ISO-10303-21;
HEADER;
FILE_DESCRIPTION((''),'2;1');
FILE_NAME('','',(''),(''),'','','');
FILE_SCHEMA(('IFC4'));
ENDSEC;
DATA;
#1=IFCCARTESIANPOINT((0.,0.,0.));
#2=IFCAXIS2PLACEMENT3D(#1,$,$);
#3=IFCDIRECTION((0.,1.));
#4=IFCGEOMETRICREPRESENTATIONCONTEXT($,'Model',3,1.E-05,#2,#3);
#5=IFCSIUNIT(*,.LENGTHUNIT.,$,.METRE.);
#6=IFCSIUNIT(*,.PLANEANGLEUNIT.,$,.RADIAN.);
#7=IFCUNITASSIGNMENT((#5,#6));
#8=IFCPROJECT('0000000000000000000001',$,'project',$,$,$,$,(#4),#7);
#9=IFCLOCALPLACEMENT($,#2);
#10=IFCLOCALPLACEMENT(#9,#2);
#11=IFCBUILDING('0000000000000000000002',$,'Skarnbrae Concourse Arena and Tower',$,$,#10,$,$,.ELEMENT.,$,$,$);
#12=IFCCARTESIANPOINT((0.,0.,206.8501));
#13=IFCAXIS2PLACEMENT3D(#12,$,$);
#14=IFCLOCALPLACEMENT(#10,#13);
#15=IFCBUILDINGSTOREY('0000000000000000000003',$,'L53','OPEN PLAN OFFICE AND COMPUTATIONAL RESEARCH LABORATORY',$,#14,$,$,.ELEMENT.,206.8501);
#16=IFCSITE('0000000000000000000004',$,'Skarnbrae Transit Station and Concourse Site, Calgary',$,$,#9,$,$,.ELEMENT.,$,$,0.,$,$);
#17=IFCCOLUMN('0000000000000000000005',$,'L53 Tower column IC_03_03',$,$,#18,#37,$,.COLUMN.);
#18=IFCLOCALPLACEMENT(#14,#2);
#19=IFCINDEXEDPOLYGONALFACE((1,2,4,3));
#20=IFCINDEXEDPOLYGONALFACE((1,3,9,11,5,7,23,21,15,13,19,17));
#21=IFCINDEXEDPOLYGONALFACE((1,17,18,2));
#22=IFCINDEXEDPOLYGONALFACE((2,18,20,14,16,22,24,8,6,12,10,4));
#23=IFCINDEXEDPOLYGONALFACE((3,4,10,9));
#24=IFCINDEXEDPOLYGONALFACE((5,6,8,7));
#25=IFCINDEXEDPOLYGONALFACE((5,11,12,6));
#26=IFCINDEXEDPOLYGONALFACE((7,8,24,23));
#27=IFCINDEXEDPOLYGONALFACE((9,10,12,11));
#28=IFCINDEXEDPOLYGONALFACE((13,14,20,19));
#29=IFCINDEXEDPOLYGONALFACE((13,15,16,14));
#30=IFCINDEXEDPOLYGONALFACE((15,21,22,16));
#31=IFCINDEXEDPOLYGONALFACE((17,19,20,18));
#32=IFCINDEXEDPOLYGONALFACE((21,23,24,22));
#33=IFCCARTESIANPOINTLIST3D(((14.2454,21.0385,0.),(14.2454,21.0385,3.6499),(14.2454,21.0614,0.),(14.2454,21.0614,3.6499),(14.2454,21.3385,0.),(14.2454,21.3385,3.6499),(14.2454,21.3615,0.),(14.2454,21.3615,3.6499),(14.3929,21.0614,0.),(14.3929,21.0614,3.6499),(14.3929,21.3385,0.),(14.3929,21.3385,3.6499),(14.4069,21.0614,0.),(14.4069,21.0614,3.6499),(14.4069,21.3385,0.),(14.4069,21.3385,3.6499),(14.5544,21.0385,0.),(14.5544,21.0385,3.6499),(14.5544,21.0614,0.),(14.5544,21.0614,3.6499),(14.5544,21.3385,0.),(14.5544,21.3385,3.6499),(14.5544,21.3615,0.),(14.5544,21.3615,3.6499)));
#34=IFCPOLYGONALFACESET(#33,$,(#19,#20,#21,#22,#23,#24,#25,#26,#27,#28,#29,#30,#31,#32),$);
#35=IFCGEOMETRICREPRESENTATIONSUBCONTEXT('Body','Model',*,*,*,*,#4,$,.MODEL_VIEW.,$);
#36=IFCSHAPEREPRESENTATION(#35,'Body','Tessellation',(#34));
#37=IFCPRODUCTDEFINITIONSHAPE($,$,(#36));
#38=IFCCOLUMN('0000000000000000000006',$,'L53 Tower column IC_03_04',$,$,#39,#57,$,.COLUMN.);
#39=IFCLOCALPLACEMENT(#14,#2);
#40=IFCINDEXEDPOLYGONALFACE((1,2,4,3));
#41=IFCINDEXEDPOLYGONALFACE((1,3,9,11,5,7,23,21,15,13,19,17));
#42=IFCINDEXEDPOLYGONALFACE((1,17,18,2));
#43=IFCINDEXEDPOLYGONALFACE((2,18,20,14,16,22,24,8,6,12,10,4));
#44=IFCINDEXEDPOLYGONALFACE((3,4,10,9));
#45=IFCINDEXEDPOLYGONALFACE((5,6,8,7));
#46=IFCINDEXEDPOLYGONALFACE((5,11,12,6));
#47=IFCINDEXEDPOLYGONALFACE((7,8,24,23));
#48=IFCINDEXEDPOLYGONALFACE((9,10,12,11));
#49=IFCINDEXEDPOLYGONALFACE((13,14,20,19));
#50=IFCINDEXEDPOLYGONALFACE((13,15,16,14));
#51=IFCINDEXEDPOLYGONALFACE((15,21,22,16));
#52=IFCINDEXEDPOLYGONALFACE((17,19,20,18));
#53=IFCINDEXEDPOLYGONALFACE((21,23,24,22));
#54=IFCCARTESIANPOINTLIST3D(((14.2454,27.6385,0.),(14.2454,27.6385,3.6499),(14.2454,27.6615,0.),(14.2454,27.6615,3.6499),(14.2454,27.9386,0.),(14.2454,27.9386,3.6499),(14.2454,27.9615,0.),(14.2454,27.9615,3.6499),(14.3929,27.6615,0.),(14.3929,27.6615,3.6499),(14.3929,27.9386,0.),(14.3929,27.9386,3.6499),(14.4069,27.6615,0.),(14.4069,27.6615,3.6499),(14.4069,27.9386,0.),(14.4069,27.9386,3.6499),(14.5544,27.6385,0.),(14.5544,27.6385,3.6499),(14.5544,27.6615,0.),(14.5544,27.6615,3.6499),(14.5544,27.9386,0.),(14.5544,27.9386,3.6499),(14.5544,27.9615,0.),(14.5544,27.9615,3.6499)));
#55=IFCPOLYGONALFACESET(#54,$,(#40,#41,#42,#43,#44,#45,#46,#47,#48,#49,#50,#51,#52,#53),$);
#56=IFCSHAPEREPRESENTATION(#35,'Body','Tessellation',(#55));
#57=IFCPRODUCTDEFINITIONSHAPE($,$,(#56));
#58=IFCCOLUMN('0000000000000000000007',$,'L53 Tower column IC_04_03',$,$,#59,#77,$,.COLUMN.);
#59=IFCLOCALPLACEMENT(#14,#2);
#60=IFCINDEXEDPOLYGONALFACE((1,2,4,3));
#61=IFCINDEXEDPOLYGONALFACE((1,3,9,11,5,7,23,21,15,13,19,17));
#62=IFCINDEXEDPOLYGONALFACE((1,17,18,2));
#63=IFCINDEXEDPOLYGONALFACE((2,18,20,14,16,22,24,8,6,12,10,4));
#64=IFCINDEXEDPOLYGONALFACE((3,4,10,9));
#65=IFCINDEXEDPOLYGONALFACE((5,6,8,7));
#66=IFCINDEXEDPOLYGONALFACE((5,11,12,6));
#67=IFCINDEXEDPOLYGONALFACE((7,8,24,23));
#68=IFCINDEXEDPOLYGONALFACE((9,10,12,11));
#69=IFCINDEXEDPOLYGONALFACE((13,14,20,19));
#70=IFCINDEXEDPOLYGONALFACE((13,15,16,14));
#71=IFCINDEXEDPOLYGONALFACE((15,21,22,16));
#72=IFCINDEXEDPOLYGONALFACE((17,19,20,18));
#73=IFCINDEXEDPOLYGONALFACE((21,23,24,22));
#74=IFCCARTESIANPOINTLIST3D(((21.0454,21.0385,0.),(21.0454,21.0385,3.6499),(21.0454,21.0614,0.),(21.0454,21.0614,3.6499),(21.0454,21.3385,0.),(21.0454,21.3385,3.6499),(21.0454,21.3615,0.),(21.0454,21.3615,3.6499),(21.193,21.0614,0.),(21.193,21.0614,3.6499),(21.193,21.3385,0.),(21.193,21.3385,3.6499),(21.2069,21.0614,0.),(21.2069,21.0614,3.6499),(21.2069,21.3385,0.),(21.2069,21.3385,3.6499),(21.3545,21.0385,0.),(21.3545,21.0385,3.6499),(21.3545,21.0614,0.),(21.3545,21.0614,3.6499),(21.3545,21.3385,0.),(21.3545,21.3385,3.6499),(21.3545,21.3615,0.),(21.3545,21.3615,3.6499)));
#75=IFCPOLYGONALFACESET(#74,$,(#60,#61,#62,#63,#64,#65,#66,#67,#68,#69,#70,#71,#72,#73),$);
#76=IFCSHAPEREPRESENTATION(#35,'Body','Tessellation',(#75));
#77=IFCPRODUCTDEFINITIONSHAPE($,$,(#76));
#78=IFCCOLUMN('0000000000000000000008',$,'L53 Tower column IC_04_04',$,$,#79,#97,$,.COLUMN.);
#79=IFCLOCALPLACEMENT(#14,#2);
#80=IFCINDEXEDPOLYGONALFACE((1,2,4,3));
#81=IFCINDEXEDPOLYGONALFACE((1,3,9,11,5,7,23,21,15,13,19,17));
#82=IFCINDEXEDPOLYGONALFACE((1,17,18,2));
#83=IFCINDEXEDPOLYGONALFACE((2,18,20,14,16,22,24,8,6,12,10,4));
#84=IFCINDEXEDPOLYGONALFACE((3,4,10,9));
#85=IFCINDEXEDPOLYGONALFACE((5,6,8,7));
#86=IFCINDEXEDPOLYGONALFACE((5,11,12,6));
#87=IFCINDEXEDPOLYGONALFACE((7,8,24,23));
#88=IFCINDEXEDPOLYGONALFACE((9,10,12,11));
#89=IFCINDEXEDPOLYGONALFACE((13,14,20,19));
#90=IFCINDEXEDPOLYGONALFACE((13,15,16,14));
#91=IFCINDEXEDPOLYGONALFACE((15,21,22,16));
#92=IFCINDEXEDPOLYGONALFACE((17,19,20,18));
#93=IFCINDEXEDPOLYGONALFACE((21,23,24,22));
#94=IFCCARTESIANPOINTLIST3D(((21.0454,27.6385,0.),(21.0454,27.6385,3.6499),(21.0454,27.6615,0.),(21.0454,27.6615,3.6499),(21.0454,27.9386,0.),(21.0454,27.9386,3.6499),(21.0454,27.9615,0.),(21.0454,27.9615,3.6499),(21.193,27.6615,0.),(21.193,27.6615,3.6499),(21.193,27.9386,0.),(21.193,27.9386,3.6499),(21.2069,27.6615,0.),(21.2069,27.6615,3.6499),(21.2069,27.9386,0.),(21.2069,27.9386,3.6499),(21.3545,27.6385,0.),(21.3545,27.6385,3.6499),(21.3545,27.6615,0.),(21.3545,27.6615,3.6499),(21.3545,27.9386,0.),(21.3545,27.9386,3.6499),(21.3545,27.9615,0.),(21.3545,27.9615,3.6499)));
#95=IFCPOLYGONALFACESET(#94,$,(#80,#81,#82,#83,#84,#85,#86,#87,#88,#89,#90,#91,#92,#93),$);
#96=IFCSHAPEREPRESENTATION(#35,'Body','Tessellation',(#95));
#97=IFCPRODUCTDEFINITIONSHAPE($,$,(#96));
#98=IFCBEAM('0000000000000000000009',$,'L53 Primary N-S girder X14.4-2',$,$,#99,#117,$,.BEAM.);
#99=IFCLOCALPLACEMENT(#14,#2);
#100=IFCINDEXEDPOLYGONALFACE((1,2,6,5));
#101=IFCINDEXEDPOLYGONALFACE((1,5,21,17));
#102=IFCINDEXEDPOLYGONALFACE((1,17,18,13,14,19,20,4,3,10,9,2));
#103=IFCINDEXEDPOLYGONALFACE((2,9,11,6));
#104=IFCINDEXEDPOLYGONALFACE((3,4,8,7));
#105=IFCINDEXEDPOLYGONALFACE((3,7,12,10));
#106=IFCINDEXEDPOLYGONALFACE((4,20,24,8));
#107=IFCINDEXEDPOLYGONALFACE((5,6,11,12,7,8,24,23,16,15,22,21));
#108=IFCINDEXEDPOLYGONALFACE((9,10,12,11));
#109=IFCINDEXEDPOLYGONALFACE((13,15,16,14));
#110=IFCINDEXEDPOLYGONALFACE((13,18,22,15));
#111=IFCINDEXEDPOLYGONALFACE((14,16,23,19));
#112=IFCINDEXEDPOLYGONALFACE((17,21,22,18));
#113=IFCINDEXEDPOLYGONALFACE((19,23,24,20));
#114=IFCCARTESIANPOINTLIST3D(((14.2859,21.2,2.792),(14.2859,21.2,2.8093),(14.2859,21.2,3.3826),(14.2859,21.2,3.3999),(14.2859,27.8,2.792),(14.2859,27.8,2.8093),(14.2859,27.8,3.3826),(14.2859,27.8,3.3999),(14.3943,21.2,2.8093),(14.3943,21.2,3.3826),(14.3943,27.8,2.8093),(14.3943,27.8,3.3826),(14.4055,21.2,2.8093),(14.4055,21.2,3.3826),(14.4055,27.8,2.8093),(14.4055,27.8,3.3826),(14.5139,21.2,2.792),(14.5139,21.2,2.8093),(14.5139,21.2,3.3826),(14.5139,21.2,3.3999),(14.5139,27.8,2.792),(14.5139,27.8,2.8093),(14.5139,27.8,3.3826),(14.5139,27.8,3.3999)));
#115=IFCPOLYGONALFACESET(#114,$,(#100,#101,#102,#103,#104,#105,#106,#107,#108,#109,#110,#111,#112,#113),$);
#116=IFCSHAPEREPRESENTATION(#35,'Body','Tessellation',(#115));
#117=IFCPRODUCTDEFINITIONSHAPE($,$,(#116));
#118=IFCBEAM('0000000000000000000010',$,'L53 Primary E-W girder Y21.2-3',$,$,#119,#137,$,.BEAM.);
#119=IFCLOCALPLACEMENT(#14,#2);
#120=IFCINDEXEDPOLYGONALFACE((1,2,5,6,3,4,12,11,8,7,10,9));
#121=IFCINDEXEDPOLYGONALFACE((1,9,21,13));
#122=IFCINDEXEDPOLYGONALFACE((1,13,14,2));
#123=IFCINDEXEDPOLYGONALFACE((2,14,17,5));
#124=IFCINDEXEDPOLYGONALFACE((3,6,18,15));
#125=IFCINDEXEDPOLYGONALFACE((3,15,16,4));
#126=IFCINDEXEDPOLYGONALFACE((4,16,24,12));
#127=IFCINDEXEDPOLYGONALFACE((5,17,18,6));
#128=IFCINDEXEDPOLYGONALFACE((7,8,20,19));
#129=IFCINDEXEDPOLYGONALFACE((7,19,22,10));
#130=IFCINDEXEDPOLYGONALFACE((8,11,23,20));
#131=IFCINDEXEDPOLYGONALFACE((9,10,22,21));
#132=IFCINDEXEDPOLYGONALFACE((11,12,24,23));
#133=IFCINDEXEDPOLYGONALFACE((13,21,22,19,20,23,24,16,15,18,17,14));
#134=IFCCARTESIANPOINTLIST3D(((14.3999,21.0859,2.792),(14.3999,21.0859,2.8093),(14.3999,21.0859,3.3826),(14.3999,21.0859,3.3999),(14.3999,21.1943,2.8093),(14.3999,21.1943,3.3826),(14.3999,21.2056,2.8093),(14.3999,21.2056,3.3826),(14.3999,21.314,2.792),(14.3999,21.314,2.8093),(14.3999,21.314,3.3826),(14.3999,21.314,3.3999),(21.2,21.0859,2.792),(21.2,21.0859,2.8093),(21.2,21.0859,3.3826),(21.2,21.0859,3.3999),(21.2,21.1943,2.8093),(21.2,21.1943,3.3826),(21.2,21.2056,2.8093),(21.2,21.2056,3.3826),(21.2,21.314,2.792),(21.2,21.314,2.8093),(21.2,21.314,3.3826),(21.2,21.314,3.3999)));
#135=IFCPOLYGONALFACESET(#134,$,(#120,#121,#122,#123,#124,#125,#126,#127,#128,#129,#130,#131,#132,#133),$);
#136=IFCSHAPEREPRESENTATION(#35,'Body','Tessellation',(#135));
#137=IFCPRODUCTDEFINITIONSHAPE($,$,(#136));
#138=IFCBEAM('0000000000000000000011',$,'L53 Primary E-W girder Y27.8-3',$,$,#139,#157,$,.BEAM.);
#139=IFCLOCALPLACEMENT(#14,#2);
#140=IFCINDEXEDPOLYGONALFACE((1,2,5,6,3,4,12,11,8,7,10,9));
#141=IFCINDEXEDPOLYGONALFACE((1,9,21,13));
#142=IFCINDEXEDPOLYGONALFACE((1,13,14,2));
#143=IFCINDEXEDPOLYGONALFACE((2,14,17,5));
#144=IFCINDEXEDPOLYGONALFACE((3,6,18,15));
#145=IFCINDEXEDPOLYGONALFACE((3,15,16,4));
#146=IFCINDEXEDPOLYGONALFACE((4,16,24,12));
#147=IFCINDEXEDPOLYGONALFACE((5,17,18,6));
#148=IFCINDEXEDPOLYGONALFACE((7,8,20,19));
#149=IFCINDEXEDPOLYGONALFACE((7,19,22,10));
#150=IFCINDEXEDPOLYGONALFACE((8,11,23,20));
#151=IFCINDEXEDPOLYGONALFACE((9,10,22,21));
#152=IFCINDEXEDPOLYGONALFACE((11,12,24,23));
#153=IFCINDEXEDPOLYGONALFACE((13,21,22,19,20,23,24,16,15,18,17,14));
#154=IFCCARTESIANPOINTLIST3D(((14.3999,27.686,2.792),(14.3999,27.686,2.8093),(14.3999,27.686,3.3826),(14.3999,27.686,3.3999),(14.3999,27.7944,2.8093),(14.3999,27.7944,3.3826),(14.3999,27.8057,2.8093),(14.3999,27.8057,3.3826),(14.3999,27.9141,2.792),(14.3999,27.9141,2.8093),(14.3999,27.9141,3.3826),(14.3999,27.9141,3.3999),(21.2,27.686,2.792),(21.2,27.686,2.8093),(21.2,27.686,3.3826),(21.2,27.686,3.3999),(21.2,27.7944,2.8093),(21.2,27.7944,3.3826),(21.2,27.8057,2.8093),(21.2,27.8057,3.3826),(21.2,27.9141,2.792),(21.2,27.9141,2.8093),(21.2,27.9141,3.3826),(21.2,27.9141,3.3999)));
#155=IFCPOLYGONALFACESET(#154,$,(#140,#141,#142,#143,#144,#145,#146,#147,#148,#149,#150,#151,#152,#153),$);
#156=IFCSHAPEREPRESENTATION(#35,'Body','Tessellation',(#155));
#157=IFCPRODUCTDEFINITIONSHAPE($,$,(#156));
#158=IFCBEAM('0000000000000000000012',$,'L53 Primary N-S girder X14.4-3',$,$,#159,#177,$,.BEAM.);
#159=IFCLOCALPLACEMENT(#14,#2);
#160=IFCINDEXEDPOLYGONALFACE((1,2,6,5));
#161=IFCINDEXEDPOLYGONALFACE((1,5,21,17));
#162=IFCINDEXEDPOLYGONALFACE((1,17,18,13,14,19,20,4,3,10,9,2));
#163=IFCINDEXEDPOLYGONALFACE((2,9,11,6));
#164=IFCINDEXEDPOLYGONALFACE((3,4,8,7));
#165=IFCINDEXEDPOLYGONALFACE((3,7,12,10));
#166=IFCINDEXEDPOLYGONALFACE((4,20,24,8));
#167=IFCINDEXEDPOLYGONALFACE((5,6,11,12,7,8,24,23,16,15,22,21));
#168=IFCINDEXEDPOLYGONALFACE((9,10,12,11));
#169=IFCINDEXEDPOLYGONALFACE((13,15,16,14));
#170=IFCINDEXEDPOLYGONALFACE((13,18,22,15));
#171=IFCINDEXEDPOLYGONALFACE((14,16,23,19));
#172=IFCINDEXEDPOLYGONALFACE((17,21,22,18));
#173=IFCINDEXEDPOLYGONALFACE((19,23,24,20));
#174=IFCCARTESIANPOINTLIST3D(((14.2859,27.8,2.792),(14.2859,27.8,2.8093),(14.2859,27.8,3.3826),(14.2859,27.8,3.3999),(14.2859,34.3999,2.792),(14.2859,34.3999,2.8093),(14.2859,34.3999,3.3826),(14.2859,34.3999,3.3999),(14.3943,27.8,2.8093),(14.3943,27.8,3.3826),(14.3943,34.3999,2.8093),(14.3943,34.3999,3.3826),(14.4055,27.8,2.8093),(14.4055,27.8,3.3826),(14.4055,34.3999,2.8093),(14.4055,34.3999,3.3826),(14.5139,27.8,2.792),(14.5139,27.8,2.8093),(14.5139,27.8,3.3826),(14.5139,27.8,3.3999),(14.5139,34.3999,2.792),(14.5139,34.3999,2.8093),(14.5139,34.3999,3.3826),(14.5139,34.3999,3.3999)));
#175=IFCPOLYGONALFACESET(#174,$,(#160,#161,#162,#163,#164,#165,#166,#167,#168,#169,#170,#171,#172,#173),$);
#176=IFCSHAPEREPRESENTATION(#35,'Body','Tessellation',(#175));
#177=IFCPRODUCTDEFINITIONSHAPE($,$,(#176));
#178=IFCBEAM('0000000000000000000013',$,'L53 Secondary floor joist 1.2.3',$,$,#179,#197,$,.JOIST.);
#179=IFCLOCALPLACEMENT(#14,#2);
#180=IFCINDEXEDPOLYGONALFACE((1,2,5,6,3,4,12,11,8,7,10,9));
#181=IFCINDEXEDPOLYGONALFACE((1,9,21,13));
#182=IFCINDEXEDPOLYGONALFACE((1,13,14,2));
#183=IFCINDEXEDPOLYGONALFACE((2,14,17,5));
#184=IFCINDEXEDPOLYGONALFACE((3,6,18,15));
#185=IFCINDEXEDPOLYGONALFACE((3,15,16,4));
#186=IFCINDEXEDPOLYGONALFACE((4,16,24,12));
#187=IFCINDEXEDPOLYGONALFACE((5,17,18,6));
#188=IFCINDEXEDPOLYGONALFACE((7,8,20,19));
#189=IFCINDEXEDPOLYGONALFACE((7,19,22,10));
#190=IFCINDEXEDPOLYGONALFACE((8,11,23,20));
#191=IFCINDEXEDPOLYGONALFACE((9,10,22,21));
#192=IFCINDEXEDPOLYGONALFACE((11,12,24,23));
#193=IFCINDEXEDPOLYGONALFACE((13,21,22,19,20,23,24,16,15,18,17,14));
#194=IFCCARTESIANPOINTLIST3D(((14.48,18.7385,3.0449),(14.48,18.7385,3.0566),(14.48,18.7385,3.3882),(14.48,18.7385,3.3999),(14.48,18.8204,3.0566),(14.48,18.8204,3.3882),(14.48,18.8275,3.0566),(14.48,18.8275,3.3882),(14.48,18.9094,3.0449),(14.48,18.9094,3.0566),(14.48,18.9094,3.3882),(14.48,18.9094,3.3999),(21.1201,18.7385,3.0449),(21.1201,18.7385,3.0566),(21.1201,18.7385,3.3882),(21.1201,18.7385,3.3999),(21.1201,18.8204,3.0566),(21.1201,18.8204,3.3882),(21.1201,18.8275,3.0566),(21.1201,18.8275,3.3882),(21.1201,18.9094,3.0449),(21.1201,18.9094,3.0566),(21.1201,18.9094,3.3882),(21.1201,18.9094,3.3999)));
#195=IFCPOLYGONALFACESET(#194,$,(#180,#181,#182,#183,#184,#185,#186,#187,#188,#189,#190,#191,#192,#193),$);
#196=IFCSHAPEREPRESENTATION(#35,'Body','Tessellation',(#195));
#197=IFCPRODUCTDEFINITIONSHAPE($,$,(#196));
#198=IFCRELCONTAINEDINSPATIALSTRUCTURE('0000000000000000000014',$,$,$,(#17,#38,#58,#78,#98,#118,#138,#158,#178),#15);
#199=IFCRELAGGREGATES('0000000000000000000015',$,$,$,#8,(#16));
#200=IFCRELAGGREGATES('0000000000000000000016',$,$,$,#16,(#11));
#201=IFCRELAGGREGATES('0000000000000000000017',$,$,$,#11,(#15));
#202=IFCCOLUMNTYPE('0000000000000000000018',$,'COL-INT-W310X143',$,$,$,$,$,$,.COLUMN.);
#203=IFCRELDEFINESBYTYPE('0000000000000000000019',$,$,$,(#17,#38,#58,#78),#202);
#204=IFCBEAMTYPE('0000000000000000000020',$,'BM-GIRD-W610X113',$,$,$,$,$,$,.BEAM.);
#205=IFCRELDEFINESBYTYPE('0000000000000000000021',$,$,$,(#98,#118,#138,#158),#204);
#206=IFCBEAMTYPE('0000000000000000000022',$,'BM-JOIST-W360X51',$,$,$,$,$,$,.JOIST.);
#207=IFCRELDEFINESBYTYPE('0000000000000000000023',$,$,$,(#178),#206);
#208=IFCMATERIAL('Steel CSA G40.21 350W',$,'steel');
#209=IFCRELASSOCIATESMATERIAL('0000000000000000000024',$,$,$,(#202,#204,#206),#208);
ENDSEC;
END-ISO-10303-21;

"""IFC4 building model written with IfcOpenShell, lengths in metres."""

from ifc_helpers import new_model, si_unit, direction, frame, origin, origin_2d, place, context, subcontext, project, spatial, i_section, extrude, source, transform, mapped, material, material_profile, profile_set, type_object, element, save


model = new_model("IFC4")

# Units and contexts
model_context = context("Model", 3, precision=1e-05, world=origin(), true_north=direction((0.0, 1.0)))
body_context = subcontext(model_context, "Body", "Model", "MODEL_VIEW")
ifc_project = project(units=[si_unit("LENGTHUNIT", "METRE"), si_unit("PLANEANGLEUNIT", "RADIAN")], contexts=[model_context])

# Site, building, storey
site_placement = place(None, origin())
site = spatial("IfcSite", under=ifc_project, at=site_placement, Name="Skarnbrae Transit Station and Concourse Site, Calgary", CompositionType="ELEMENT", RefElevation=0.0)
building_placement = place(site_placement, origin())
building = spatial("IfcBuilding", under=site, at=building_placement, Name="Skarnbrae Concourse Arena and Tower", CompositionType="ELEMENT")
storey_placement = place(building_placement, frame((0.0, 0.0, 206.8501)))
storey = spatial("IfcBuildingStorey", under=building, at=storey_placement, Name="L53", Description="OPEN PLAN OFFICE AND COMPUTATIONAL RESEARCH LABORATORY", CompositionType="ELEMENT", Elevation=206.8501)

# Columns
ifc_material_1 = material(Name="Steel CSA G40.21 350W", Category="steel")
ifc_material_profile_1 = material_profile(ifc_material_1, i_section(OverallWidth=0.3091, OverallDepth=0.323, WebThickness=0.0139, FlangeThickness=0.0229, at=origin_2d()), Name="W310X143")
ifc_profile_set_1 = profile_set([ifc_material_profile_1], Name="Steel CSA G40.21 350W")
column_type = type_object("IfcColumnType", Name="COL-INT-W310X143", PredefinedType="COLUMN", material=ifc_profile_set_1)
shared_shape_1 = source(origin(), body_context, "Body", "SweptSolid", [
    extrude(i_section(OverallWidth=0.3091, OverallDepth=0.323, WebThickness=0.0139, FlangeThickness=0.0229, at=origin_2d()), origin(), (0.0, 0.0, 1.0), 3.6499),
])
for number, where, z_axis, x_axis, name in (
    (1, (14.3999, 21.2, 0.0), (0.0, 0.0, 1.0), (1.0, 0.0, 0.0), "L53 Tower column IC_03_03"),
    (2, (14.3999, 27.8, 0.0), (0.0, 0.0, 1.0), (1.0, 0.0, 0.0), "L53 Tower column IC_03_04"),
    (3, (21.2, 21.2, 0.0), (0.0, 0.0, 1.0), (1.0, 0.0, 0.0), "L53 Tower column IC_04_03"),
    (4, (21.2, 27.8, 0.0), (0.0, 0.0, 1.0), (1.0, 0.0, 0.0), "L53 Tower column IC_04_04"),
):
    element("IfcColumn", number, at=place(storey_placement, frame(where, z_axis=z_axis, x_axis=x_axis)), inside=storey, type_object=column_type, Name=name, PredefinedType="COLUMN", context=body_context, shape_type="MappedRepresentation", body=[
        mapped(shared_shape_1, transform((0.0, 0.0, 0.0))),
    ])

# Beams
ifc_material_profile_2 = material_profile(ifc_material_1, i_section(OverallWidth=0.228, OverallDepth=0.6079, WebThickness=0.0112, FlangeThickness=0.0173, at=origin_2d()), Name="W610X113")
ifc_profile_set_2 = profile_set([ifc_material_profile_2], Name="Steel CSA G40.21 350W")
beam_type_1 = type_object("IfcBeamType", Name="BM-GIRD-W610X113", PredefinedType="BEAM", material=ifc_profile_set_2)
shared_shape_2 = source(origin(), body_context, "Body", "SweptSolid", [
    extrude(i_section(OverallWidth=0.228, OverallDepth=0.6079, WebThickness=0.0112, FlangeThickness=0.0173, at=origin_2d()), origin(), (0.0, 0.0, 1.0), 6.6001),
])
beam_1_placement = place(storey_placement, frame((14.3999, 21.2, 3.0959), z_axis=(0.0, 1.0, 0.0), x_axis=(-1.0, 0.0, 0.0)))
element("IfcBeam", 5, at=beam_1_placement, inside=storey, type_object=beam_type_1, Name="L53 Primary N-S girder X14.4-2", PredefinedType="BEAM", context=body_context, shape_type="MappedRepresentation", body=[
    mapped(shared_shape_2, transform((0.0, 0.0, 0.0))),
])
shared_shape_3 = source(origin(), body_context, "Body", "SweptSolid", [
    extrude(i_section(OverallWidth=0.228, OverallDepth=0.6079, WebThickness=0.0112, FlangeThickness=0.0173, at=origin_2d()), origin(), (0.0, 0.0, 1.0), 6.8),
])
for number, where, z_axis, x_axis, name in (
    (6, (14.3999, 21.2, 3.0959), (1.0, 0.0, 0.0), (0.0, 1.0, 0.0), "L53 Primary E-W girder Y21.2-3"),
    (7, (14.3999, 27.8, 3.0959), (1.0, 0.0, 0.0), (0.0, 1.0, 0.0), "L53 Primary E-W girder Y27.8-3"),
):
    element("IfcBeam", number, at=place(storey_placement, frame(where, z_axis=z_axis, x_axis=x_axis)), inside=storey, type_object=beam_type_1, Name=name, PredefinedType="BEAM", context=body_context, shape_type="MappedRepresentation", body=[
        mapped(shared_shape_3, transform((0.0, 0.0, 0.0))),
    ])
shared_shape_4 = source(origin(), body_context, "Body", "SweptSolid", [
    extrude(i_section(OverallWidth=0.228, OverallDepth=0.6079, WebThickness=0.0112, FlangeThickness=0.0173, at=origin_2d()), origin(), (0.0, 0.0, 1.0), 6.5999),
])
beam_2_placement = place(storey_placement, frame((14.3999, 27.8, 3.0959), z_axis=(0.0, 1.0, 0.0), x_axis=(-1.0, 0.0, 0.0)))
element("IfcBeam", 8, at=beam_2_placement, inside=storey, type_object=beam_type_1, Name="L53 Primary N-S girder X14.4-3", PredefinedType="BEAM", context=body_context, shape_type="MappedRepresentation", body=[
    mapped(shared_shape_4, transform((0.0, 0.0, 0.0))),
])
ifc_material_profile_3 = material_profile(ifc_material_1, i_section(OverallWidth=0.1709, OverallDepth=0.355, WebThickness=0.0071, FlangeThickness=0.0117, at=origin_2d()), Name="W360X51")
ifc_profile_set_3 = profile_set([ifc_material_profile_3], Name="Steel CSA G40.21 350W")
beam_type_2 = type_object("IfcBeamType", Name="BM-JOIST-W360X51", PredefinedType="JOIST", material=ifc_profile_set_3)
shared_shape_5 = source(origin(), body_context, "Body", "SweptSolid", [
    extrude(i_section(OverallWidth=0.1709, OverallDepth=0.355, WebThickness=0.0071, FlangeThickness=0.0117, at=origin_2d()), origin(), (0.0, 0.0, 1.0), 6.6401),
])
for number, where, z_axis, x_axis, name in (
    (9, (14.48, 18.824, 3.2224), (1.0, 0.0, 0.0), (0.0, 1.0, 0.0), "L53 Secondary floor joist 1.2.3"),
):
    element("IfcBeam", number, at=place(storey_placement, frame(where, z_axis=z_axis, x_axis=x_axis)), inside=storey, type_object=beam_type_2, Name=name, PredefinedType="JOIST", context=body_context, shape_type="MappedRepresentation", body=[
        mapped(shared_shape_5, transform((0.0, 0.0, 0.0))),
    ])

save(model, "model.ifc")
